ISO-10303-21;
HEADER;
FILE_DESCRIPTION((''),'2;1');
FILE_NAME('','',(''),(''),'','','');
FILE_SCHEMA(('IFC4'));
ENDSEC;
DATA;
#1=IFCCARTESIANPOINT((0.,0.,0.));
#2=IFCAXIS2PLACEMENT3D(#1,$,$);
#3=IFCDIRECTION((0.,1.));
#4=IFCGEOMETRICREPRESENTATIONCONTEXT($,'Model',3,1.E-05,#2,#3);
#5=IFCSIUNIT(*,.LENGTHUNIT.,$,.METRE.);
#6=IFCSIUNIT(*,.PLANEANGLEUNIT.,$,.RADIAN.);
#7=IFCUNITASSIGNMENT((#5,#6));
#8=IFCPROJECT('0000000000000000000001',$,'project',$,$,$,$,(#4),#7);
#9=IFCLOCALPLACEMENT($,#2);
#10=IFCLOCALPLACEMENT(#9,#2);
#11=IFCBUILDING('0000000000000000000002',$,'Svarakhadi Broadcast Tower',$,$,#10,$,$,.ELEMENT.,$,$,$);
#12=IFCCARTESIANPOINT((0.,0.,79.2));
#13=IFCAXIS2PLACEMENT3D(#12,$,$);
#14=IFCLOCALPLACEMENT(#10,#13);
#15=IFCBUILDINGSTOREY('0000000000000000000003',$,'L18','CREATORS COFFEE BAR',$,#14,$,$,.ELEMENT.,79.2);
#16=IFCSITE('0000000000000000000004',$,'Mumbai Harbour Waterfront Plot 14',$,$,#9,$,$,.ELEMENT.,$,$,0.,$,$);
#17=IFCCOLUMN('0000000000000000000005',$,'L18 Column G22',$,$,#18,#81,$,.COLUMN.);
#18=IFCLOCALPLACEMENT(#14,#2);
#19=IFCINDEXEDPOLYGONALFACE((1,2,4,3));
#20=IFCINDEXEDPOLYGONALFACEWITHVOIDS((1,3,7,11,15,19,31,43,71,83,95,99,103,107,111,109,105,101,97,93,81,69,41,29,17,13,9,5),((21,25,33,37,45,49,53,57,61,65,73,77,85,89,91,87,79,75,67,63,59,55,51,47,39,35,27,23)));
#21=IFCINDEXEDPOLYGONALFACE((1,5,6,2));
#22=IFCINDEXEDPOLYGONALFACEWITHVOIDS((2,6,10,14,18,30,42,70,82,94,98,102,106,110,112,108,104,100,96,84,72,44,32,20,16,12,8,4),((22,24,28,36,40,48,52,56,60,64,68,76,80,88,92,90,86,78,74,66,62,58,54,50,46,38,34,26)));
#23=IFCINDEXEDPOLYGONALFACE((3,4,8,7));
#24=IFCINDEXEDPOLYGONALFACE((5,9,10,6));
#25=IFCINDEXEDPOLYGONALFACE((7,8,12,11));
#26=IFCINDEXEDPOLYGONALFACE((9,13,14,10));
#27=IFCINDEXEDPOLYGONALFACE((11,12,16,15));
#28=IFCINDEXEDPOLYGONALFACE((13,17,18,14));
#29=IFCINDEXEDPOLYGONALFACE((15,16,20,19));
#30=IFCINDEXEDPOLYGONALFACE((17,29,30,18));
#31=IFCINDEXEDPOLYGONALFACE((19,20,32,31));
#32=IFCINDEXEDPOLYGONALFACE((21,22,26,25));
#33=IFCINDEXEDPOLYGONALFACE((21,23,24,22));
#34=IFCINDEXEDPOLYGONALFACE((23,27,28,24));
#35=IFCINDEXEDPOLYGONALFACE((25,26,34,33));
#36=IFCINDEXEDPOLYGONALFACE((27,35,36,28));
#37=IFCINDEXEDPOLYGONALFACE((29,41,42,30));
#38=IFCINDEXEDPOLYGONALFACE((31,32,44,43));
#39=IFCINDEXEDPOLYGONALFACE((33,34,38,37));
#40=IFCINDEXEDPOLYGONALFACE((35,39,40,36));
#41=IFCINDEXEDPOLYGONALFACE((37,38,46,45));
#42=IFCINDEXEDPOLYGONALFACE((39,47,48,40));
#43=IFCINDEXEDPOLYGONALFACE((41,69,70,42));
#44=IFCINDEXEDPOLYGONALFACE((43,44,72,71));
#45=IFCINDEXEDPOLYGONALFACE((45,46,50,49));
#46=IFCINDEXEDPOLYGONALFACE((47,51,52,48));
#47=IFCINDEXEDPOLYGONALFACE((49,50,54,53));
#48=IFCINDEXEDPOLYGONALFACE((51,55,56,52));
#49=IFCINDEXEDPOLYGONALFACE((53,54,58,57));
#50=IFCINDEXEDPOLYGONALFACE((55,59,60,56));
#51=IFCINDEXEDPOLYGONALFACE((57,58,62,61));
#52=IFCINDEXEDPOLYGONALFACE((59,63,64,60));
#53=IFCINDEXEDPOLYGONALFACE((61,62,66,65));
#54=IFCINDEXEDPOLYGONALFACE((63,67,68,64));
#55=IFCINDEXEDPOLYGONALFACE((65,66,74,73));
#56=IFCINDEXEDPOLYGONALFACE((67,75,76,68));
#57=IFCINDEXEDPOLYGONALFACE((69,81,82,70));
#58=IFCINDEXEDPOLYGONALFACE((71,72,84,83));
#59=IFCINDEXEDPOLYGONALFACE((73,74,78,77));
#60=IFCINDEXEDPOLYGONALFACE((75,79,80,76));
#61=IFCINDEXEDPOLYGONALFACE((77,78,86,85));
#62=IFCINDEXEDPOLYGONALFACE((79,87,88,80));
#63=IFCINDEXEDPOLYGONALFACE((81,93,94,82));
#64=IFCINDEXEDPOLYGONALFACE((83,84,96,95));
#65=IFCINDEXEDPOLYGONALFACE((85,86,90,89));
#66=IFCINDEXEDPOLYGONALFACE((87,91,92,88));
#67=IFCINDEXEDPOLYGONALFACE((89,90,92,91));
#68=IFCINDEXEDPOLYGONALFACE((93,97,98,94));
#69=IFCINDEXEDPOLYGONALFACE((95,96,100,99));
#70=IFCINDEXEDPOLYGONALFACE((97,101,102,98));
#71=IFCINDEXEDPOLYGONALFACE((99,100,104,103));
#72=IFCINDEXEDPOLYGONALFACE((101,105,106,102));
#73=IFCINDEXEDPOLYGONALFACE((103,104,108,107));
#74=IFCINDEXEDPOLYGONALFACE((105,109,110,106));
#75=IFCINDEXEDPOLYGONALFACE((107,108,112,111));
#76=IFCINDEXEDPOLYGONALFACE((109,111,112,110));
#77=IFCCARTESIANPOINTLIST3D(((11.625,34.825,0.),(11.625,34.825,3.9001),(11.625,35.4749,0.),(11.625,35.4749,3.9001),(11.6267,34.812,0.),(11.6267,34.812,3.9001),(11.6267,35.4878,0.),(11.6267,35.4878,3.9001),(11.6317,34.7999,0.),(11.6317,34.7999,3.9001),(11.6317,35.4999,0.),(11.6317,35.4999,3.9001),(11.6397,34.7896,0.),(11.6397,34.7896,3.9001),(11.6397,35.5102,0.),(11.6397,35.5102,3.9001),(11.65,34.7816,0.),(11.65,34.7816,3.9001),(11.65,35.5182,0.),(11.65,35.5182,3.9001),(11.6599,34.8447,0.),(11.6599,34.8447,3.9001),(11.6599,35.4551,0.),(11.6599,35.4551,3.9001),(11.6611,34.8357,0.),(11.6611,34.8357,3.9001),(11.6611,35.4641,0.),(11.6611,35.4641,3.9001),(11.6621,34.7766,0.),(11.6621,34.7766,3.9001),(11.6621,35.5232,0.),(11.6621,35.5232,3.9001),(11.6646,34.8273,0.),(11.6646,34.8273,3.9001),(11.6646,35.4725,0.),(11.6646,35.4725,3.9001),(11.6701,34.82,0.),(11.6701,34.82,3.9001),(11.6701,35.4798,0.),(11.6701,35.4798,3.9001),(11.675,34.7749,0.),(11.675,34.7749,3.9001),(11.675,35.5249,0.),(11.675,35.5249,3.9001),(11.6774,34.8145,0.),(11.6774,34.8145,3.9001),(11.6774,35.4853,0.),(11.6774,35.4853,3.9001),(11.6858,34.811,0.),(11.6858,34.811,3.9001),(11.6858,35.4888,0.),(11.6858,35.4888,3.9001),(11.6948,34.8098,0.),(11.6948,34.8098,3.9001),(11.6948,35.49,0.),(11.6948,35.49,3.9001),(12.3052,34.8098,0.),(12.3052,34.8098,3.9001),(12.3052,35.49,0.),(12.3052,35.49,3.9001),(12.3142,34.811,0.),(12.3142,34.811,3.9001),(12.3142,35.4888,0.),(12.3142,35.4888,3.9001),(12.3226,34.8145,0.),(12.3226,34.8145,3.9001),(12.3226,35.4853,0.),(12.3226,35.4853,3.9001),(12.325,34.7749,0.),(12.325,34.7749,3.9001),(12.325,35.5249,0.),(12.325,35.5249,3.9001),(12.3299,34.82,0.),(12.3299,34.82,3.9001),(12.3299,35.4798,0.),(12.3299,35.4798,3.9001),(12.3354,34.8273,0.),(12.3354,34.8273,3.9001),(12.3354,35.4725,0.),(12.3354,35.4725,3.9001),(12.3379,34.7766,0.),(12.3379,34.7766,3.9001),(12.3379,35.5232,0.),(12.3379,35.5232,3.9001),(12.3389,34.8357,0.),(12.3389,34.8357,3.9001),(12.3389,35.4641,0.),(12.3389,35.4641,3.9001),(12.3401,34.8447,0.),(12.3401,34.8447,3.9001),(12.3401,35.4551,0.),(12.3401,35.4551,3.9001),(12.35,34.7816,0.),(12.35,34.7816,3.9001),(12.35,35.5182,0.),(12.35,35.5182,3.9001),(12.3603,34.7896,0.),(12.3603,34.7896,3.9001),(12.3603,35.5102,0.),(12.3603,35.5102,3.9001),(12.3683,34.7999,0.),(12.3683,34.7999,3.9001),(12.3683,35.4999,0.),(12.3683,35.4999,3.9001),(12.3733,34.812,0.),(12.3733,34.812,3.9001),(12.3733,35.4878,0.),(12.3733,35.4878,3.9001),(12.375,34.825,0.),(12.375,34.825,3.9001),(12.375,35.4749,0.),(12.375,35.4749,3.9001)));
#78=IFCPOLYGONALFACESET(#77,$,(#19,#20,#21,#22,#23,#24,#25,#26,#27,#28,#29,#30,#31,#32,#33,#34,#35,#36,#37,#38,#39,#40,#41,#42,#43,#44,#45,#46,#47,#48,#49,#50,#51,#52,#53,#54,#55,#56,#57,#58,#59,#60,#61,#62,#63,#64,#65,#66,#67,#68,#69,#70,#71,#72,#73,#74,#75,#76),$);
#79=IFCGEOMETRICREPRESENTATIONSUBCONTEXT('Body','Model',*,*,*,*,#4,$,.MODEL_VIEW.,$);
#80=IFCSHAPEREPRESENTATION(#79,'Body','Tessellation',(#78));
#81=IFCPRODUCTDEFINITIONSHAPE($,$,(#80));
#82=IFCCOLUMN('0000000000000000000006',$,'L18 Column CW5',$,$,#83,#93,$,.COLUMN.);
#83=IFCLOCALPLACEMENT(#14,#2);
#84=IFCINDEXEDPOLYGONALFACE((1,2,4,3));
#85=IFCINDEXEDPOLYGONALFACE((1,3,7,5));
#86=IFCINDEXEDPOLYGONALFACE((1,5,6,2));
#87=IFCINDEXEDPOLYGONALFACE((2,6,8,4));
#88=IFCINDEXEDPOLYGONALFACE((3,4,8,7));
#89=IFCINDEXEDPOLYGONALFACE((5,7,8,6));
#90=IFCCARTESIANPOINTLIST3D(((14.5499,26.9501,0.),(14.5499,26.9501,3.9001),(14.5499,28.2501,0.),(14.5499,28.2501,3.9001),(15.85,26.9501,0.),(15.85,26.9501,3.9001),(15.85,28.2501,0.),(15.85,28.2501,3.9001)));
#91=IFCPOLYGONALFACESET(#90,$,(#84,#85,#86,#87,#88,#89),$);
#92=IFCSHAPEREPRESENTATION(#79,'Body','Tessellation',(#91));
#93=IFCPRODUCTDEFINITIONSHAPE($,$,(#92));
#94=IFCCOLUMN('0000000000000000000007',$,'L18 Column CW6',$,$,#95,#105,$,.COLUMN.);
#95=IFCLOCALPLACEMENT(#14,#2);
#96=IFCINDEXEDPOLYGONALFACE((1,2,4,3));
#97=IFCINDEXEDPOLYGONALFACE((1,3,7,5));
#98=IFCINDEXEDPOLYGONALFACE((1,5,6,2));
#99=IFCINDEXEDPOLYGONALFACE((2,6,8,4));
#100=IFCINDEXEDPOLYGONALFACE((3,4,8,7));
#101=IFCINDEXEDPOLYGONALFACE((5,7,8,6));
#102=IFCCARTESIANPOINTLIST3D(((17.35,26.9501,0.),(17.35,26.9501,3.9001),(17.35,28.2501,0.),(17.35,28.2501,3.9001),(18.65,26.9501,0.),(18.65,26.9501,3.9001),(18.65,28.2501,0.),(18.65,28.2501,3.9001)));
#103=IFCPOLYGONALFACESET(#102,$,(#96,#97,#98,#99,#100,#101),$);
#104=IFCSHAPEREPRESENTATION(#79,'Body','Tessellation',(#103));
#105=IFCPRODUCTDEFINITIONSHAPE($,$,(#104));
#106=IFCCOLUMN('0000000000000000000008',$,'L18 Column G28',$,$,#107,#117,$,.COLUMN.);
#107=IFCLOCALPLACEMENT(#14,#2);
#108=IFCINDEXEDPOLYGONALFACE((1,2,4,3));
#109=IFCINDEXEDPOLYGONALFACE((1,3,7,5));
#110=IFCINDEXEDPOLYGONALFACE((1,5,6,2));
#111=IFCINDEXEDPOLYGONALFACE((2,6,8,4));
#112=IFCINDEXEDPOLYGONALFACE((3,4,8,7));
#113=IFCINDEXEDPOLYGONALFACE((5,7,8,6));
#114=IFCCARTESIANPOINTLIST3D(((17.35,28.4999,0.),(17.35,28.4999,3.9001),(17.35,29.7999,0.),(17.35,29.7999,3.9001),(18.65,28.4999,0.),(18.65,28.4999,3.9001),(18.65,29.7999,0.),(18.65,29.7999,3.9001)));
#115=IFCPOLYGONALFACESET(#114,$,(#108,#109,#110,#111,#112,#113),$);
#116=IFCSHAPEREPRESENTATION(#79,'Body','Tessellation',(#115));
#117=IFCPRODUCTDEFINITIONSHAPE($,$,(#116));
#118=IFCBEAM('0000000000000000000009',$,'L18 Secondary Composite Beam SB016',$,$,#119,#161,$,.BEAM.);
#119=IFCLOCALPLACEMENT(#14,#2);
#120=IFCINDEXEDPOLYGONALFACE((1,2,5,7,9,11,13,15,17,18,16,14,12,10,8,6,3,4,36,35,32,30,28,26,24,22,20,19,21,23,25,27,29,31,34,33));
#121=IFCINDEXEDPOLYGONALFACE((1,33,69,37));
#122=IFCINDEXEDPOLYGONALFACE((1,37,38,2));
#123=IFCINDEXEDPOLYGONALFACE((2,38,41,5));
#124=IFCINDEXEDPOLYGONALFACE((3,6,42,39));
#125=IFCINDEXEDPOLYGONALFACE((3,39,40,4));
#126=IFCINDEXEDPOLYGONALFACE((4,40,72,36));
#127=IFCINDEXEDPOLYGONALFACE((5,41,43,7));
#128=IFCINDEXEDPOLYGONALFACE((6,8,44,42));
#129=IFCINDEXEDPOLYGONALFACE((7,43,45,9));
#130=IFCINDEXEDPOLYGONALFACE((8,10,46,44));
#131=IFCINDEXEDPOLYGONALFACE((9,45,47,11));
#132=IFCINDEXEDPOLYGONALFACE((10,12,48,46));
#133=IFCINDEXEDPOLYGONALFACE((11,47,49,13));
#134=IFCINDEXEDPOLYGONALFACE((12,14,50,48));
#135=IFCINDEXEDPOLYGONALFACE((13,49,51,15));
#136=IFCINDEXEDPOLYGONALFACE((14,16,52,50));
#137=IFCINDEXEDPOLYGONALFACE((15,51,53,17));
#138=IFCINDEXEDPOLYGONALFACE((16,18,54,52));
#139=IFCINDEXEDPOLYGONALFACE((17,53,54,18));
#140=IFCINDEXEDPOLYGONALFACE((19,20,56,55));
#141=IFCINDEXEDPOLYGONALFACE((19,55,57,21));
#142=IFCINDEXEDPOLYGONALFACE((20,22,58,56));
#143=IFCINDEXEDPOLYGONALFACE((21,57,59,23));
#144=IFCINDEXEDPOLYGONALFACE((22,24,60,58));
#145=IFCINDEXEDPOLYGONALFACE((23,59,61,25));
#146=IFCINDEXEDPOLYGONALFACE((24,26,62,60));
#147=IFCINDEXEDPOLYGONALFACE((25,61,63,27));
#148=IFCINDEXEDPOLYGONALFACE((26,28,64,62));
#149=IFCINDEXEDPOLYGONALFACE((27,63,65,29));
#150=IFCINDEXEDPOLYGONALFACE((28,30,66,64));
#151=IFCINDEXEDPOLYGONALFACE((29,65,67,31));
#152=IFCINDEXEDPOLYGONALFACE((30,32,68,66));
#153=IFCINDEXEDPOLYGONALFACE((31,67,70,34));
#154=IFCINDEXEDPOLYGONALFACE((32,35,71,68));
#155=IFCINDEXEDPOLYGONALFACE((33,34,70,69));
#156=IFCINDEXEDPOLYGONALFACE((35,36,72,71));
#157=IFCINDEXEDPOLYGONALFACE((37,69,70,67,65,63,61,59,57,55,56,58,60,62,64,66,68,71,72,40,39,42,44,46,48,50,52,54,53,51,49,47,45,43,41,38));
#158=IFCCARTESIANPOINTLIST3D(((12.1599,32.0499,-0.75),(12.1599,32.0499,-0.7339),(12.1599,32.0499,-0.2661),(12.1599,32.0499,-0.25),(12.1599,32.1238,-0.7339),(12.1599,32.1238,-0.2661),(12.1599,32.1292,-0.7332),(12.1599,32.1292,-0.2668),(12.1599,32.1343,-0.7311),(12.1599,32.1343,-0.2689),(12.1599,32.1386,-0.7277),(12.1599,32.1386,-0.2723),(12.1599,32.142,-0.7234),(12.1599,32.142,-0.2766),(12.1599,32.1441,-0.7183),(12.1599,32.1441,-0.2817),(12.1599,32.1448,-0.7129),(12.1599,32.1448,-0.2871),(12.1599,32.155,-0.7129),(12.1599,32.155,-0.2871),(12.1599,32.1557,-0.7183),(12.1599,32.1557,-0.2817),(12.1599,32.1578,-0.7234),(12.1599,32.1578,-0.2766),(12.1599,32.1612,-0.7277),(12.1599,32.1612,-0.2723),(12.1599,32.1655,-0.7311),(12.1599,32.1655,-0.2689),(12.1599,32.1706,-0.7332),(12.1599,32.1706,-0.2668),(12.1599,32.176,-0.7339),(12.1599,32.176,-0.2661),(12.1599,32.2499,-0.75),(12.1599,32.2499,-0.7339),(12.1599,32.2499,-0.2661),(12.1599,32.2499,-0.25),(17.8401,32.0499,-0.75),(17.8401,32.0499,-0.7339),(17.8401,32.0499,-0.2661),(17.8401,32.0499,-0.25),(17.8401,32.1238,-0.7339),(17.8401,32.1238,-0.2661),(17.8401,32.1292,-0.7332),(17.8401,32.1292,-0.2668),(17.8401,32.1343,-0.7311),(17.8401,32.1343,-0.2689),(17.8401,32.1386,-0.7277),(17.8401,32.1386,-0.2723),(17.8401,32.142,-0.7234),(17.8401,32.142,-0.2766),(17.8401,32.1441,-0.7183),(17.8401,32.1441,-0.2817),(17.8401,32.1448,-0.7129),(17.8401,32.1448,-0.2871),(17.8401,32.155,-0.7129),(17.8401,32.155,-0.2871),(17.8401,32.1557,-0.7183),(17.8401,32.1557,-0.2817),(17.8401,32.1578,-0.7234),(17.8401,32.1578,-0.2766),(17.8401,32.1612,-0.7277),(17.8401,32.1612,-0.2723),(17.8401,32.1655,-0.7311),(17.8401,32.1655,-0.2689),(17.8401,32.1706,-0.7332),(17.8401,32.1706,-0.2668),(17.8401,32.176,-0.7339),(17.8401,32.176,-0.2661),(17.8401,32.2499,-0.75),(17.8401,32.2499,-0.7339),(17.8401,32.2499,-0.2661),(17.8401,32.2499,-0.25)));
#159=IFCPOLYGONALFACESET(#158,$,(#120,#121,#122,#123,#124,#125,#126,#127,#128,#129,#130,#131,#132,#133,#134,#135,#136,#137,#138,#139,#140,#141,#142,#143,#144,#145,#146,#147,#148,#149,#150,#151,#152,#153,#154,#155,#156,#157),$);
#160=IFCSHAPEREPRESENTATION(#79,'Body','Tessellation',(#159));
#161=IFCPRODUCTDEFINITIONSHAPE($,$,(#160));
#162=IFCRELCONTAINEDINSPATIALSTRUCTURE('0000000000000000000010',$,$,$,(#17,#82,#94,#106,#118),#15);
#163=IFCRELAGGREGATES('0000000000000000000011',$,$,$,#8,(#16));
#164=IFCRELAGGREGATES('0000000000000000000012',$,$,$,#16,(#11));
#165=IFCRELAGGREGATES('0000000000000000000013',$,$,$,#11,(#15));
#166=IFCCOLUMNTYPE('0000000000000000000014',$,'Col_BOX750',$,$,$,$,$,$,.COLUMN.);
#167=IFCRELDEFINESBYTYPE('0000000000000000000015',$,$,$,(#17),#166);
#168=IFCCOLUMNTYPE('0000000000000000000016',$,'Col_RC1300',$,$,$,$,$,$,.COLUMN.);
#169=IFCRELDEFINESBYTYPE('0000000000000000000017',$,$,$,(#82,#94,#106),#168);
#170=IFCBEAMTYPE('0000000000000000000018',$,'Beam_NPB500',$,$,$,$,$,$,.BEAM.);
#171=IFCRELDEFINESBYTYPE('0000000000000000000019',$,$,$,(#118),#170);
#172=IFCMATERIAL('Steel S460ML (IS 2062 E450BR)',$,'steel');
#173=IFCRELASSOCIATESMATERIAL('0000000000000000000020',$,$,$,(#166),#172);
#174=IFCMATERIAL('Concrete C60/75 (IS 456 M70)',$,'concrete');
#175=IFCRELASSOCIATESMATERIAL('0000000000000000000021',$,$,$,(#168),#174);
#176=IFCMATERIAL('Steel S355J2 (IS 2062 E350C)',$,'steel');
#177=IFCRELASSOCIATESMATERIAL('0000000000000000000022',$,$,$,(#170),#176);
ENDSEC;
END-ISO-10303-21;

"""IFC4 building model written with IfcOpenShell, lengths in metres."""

from ifc_helpers import new_model, si_unit, direction, frame, origin, origin_2d, place, context, subcontext, project, spatial, rectangle, hollow_rectangle, i_section, extrude, material, material_profile, profile_set, type_object, element, save


model = new_model("IFC4")

# Units and contexts
model_context = context("Model", 3, precision=1e-05, world=origin(), true_north=direction((0.0, 1.0)))
body_context = subcontext(model_context, "Body", "Model", "MODEL_VIEW")
ifc_project = project(units=[si_unit("LENGTHUNIT", "METRE"), si_unit("PLANEANGLEUNIT", "RADIAN")], contexts=[model_context])

# Site, building, storey
site_placement = place(None, origin())
site = spatial("IfcSite", under=ifc_project, at=site_placement, Name="Mumbai Harbour Waterfront Plot 14", CompositionType="ELEMENT", RefElevation=0.0)
building_placement = place(site_placement, origin())
building = spatial("IfcBuilding", under=site, at=building_placement, Name="Svarakhadi Broadcast Tower", CompositionType="ELEMENT")
storey_placement = place(building_placement, frame((0.0, 0.0, 79.2)))
storey = spatial("IfcBuildingStorey", under=building, at=storey_placement, Name="L18", Description="CREATORS COFFEE BAR", CompositionType="ELEMENT", Elevation=79.2)

# Columns
ifc_material_1 = material(Name="Steel S460ML (IS 2062 E450BR)", Category="steel")
ifc_material_profile_1 = material_profile(ifc_material_1, hollow_rectangle(XDim=0.75, YDim=0.75, WallThickness=0.0349, InnerFilletRadius=0.0349, OuterFilletRadius=0.05, at=origin_2d()), Name="BOX 750x750x35")
ifc_profile_set_1 = profile_set([ifc_material_profile_1], Name="Steel S460ML (IS 2062 E450BR)")
column_type_1 = type_object("IfcColumnType", Name="Col_BOX750", PredefinedType="COLUMN", material=ifc_profile_set_1)
column_placement = place(storey_placement, frame((12.0, 35.1499, 0.0), z_axis=(0.0, 0.0, 1.0), x_axis=(1.0, 0.0, 0.0)))
element("IfcColumn", 1, at=column_placement, inside=storey, type_object=column_type_1, Name="L18 Column G22", PredefinedType="COLUMN", context=body_context, shape_type="SweptSolid", body=[
    extrude(hollow_rectangle(XDim=0.75, YDim=0.75, WallThickness=0.0349, InnerFilletRadius=0.0349, OuterFilletRadius=0.05, at=origin_2d()), origin(), (0.0, 0.0, 1.0), 3.9001),
])
ifc_material_2 = material(Name="Concrete C60/75 (IS 456 M70)", Category="concrete")
ifc_material_profile_2 = material_profile(ifc_material_2, rectangle(XDim=1.3, YDim=1.3, at=origin_2d()), Name="RC 1300x1300")
ifc_profile_set_2 = profile_set([ifc_material_profile_2], Name="Concrete C60/75 (IS 456 M70)")
column_type_2 = type_object("IfcColumnType", Name="Col_RC1300", PredefinedType="COLUMN", material=ifc_profile_set_2)
for number, where, z_axis, x_axis, name in (
    (2, (15.2, 27.6001, 0.0), (0.0, 0.0, 1.0), (1.0, 0.0, 0.0), "L18 Column CW5"),
    (3, (18.0, 27.6001, 0.0), (0.0, 0.0, 1.0), (1.0, 0.0, 0.0), "L18 Column CW6"),
    (4, (18.0, 29.1499, 0.0), (0.0, 0.0, 1.0), (1.0, 0.0, 0.0), "L18 Column G28"),
):
    element("IfcColumn", number, at=place(storey_placement, frame(where, z_axis=z_axis, x_axis=x_axis)), inside=storey, type_object=column_type_2, Name=name, PredefinedType="COLUMN", context=body_context, shape_type="SweptSolid", body=[
        extrude(rectangle(XDim=1.3, YDim=1.3, at=origin_2d()), origin(), (0.0, 0.0, 1.0), 3.9001),
    ])

# Beam
ifc_material_3 = material(Name="Steel S355J2 (IS 2062 E350C)", Category="steel")
ifc_material_profile_3 = material_profile(ifc_material_3, i_section(OverallWidth=0.2, OverallDepth=0.5, WebThickness=0.0103, FlangeThickness=0.0161, FilletRadius=0.021, at=origin_2d()), Name="NPB 500x200x91")
ifc_profile_set_3 = profile_set([ifc_material_profile_3], Name="Steel S355J2 (IS 2062 E350C)")
beam_type_1 = type_object("IfcBeamType", Name="Beam_NPB500", PredefinedType="BEAM", material=ifc_profile_set_3)
beam_1_placement = place(storey_placement, frame((12.1599, 32.1499, -0.5), z_axis=(1.0, 0.0, 0.0), x_axis=(0.0, 1.0, 0.0)))
element("IfcBeam", 5, at=beam_1_placement, inside=storey, type_object=beam_type_1, Name="L18 Secondary Composite Beam SB016", PredefinedType="BEAM", context=body_context, shape_type="SweptSolid", body=[
    extrude(i_section(OverallWidth=0.2, OverallDepth=0.5, WebThickness=0.0103, FlangeThickness=0.0161, FilletRadius=0.021, at=origin_2d()), origin(), (0.0, 0.0, 1.0), 5.6802),
])

save(model, "model.ifc")
